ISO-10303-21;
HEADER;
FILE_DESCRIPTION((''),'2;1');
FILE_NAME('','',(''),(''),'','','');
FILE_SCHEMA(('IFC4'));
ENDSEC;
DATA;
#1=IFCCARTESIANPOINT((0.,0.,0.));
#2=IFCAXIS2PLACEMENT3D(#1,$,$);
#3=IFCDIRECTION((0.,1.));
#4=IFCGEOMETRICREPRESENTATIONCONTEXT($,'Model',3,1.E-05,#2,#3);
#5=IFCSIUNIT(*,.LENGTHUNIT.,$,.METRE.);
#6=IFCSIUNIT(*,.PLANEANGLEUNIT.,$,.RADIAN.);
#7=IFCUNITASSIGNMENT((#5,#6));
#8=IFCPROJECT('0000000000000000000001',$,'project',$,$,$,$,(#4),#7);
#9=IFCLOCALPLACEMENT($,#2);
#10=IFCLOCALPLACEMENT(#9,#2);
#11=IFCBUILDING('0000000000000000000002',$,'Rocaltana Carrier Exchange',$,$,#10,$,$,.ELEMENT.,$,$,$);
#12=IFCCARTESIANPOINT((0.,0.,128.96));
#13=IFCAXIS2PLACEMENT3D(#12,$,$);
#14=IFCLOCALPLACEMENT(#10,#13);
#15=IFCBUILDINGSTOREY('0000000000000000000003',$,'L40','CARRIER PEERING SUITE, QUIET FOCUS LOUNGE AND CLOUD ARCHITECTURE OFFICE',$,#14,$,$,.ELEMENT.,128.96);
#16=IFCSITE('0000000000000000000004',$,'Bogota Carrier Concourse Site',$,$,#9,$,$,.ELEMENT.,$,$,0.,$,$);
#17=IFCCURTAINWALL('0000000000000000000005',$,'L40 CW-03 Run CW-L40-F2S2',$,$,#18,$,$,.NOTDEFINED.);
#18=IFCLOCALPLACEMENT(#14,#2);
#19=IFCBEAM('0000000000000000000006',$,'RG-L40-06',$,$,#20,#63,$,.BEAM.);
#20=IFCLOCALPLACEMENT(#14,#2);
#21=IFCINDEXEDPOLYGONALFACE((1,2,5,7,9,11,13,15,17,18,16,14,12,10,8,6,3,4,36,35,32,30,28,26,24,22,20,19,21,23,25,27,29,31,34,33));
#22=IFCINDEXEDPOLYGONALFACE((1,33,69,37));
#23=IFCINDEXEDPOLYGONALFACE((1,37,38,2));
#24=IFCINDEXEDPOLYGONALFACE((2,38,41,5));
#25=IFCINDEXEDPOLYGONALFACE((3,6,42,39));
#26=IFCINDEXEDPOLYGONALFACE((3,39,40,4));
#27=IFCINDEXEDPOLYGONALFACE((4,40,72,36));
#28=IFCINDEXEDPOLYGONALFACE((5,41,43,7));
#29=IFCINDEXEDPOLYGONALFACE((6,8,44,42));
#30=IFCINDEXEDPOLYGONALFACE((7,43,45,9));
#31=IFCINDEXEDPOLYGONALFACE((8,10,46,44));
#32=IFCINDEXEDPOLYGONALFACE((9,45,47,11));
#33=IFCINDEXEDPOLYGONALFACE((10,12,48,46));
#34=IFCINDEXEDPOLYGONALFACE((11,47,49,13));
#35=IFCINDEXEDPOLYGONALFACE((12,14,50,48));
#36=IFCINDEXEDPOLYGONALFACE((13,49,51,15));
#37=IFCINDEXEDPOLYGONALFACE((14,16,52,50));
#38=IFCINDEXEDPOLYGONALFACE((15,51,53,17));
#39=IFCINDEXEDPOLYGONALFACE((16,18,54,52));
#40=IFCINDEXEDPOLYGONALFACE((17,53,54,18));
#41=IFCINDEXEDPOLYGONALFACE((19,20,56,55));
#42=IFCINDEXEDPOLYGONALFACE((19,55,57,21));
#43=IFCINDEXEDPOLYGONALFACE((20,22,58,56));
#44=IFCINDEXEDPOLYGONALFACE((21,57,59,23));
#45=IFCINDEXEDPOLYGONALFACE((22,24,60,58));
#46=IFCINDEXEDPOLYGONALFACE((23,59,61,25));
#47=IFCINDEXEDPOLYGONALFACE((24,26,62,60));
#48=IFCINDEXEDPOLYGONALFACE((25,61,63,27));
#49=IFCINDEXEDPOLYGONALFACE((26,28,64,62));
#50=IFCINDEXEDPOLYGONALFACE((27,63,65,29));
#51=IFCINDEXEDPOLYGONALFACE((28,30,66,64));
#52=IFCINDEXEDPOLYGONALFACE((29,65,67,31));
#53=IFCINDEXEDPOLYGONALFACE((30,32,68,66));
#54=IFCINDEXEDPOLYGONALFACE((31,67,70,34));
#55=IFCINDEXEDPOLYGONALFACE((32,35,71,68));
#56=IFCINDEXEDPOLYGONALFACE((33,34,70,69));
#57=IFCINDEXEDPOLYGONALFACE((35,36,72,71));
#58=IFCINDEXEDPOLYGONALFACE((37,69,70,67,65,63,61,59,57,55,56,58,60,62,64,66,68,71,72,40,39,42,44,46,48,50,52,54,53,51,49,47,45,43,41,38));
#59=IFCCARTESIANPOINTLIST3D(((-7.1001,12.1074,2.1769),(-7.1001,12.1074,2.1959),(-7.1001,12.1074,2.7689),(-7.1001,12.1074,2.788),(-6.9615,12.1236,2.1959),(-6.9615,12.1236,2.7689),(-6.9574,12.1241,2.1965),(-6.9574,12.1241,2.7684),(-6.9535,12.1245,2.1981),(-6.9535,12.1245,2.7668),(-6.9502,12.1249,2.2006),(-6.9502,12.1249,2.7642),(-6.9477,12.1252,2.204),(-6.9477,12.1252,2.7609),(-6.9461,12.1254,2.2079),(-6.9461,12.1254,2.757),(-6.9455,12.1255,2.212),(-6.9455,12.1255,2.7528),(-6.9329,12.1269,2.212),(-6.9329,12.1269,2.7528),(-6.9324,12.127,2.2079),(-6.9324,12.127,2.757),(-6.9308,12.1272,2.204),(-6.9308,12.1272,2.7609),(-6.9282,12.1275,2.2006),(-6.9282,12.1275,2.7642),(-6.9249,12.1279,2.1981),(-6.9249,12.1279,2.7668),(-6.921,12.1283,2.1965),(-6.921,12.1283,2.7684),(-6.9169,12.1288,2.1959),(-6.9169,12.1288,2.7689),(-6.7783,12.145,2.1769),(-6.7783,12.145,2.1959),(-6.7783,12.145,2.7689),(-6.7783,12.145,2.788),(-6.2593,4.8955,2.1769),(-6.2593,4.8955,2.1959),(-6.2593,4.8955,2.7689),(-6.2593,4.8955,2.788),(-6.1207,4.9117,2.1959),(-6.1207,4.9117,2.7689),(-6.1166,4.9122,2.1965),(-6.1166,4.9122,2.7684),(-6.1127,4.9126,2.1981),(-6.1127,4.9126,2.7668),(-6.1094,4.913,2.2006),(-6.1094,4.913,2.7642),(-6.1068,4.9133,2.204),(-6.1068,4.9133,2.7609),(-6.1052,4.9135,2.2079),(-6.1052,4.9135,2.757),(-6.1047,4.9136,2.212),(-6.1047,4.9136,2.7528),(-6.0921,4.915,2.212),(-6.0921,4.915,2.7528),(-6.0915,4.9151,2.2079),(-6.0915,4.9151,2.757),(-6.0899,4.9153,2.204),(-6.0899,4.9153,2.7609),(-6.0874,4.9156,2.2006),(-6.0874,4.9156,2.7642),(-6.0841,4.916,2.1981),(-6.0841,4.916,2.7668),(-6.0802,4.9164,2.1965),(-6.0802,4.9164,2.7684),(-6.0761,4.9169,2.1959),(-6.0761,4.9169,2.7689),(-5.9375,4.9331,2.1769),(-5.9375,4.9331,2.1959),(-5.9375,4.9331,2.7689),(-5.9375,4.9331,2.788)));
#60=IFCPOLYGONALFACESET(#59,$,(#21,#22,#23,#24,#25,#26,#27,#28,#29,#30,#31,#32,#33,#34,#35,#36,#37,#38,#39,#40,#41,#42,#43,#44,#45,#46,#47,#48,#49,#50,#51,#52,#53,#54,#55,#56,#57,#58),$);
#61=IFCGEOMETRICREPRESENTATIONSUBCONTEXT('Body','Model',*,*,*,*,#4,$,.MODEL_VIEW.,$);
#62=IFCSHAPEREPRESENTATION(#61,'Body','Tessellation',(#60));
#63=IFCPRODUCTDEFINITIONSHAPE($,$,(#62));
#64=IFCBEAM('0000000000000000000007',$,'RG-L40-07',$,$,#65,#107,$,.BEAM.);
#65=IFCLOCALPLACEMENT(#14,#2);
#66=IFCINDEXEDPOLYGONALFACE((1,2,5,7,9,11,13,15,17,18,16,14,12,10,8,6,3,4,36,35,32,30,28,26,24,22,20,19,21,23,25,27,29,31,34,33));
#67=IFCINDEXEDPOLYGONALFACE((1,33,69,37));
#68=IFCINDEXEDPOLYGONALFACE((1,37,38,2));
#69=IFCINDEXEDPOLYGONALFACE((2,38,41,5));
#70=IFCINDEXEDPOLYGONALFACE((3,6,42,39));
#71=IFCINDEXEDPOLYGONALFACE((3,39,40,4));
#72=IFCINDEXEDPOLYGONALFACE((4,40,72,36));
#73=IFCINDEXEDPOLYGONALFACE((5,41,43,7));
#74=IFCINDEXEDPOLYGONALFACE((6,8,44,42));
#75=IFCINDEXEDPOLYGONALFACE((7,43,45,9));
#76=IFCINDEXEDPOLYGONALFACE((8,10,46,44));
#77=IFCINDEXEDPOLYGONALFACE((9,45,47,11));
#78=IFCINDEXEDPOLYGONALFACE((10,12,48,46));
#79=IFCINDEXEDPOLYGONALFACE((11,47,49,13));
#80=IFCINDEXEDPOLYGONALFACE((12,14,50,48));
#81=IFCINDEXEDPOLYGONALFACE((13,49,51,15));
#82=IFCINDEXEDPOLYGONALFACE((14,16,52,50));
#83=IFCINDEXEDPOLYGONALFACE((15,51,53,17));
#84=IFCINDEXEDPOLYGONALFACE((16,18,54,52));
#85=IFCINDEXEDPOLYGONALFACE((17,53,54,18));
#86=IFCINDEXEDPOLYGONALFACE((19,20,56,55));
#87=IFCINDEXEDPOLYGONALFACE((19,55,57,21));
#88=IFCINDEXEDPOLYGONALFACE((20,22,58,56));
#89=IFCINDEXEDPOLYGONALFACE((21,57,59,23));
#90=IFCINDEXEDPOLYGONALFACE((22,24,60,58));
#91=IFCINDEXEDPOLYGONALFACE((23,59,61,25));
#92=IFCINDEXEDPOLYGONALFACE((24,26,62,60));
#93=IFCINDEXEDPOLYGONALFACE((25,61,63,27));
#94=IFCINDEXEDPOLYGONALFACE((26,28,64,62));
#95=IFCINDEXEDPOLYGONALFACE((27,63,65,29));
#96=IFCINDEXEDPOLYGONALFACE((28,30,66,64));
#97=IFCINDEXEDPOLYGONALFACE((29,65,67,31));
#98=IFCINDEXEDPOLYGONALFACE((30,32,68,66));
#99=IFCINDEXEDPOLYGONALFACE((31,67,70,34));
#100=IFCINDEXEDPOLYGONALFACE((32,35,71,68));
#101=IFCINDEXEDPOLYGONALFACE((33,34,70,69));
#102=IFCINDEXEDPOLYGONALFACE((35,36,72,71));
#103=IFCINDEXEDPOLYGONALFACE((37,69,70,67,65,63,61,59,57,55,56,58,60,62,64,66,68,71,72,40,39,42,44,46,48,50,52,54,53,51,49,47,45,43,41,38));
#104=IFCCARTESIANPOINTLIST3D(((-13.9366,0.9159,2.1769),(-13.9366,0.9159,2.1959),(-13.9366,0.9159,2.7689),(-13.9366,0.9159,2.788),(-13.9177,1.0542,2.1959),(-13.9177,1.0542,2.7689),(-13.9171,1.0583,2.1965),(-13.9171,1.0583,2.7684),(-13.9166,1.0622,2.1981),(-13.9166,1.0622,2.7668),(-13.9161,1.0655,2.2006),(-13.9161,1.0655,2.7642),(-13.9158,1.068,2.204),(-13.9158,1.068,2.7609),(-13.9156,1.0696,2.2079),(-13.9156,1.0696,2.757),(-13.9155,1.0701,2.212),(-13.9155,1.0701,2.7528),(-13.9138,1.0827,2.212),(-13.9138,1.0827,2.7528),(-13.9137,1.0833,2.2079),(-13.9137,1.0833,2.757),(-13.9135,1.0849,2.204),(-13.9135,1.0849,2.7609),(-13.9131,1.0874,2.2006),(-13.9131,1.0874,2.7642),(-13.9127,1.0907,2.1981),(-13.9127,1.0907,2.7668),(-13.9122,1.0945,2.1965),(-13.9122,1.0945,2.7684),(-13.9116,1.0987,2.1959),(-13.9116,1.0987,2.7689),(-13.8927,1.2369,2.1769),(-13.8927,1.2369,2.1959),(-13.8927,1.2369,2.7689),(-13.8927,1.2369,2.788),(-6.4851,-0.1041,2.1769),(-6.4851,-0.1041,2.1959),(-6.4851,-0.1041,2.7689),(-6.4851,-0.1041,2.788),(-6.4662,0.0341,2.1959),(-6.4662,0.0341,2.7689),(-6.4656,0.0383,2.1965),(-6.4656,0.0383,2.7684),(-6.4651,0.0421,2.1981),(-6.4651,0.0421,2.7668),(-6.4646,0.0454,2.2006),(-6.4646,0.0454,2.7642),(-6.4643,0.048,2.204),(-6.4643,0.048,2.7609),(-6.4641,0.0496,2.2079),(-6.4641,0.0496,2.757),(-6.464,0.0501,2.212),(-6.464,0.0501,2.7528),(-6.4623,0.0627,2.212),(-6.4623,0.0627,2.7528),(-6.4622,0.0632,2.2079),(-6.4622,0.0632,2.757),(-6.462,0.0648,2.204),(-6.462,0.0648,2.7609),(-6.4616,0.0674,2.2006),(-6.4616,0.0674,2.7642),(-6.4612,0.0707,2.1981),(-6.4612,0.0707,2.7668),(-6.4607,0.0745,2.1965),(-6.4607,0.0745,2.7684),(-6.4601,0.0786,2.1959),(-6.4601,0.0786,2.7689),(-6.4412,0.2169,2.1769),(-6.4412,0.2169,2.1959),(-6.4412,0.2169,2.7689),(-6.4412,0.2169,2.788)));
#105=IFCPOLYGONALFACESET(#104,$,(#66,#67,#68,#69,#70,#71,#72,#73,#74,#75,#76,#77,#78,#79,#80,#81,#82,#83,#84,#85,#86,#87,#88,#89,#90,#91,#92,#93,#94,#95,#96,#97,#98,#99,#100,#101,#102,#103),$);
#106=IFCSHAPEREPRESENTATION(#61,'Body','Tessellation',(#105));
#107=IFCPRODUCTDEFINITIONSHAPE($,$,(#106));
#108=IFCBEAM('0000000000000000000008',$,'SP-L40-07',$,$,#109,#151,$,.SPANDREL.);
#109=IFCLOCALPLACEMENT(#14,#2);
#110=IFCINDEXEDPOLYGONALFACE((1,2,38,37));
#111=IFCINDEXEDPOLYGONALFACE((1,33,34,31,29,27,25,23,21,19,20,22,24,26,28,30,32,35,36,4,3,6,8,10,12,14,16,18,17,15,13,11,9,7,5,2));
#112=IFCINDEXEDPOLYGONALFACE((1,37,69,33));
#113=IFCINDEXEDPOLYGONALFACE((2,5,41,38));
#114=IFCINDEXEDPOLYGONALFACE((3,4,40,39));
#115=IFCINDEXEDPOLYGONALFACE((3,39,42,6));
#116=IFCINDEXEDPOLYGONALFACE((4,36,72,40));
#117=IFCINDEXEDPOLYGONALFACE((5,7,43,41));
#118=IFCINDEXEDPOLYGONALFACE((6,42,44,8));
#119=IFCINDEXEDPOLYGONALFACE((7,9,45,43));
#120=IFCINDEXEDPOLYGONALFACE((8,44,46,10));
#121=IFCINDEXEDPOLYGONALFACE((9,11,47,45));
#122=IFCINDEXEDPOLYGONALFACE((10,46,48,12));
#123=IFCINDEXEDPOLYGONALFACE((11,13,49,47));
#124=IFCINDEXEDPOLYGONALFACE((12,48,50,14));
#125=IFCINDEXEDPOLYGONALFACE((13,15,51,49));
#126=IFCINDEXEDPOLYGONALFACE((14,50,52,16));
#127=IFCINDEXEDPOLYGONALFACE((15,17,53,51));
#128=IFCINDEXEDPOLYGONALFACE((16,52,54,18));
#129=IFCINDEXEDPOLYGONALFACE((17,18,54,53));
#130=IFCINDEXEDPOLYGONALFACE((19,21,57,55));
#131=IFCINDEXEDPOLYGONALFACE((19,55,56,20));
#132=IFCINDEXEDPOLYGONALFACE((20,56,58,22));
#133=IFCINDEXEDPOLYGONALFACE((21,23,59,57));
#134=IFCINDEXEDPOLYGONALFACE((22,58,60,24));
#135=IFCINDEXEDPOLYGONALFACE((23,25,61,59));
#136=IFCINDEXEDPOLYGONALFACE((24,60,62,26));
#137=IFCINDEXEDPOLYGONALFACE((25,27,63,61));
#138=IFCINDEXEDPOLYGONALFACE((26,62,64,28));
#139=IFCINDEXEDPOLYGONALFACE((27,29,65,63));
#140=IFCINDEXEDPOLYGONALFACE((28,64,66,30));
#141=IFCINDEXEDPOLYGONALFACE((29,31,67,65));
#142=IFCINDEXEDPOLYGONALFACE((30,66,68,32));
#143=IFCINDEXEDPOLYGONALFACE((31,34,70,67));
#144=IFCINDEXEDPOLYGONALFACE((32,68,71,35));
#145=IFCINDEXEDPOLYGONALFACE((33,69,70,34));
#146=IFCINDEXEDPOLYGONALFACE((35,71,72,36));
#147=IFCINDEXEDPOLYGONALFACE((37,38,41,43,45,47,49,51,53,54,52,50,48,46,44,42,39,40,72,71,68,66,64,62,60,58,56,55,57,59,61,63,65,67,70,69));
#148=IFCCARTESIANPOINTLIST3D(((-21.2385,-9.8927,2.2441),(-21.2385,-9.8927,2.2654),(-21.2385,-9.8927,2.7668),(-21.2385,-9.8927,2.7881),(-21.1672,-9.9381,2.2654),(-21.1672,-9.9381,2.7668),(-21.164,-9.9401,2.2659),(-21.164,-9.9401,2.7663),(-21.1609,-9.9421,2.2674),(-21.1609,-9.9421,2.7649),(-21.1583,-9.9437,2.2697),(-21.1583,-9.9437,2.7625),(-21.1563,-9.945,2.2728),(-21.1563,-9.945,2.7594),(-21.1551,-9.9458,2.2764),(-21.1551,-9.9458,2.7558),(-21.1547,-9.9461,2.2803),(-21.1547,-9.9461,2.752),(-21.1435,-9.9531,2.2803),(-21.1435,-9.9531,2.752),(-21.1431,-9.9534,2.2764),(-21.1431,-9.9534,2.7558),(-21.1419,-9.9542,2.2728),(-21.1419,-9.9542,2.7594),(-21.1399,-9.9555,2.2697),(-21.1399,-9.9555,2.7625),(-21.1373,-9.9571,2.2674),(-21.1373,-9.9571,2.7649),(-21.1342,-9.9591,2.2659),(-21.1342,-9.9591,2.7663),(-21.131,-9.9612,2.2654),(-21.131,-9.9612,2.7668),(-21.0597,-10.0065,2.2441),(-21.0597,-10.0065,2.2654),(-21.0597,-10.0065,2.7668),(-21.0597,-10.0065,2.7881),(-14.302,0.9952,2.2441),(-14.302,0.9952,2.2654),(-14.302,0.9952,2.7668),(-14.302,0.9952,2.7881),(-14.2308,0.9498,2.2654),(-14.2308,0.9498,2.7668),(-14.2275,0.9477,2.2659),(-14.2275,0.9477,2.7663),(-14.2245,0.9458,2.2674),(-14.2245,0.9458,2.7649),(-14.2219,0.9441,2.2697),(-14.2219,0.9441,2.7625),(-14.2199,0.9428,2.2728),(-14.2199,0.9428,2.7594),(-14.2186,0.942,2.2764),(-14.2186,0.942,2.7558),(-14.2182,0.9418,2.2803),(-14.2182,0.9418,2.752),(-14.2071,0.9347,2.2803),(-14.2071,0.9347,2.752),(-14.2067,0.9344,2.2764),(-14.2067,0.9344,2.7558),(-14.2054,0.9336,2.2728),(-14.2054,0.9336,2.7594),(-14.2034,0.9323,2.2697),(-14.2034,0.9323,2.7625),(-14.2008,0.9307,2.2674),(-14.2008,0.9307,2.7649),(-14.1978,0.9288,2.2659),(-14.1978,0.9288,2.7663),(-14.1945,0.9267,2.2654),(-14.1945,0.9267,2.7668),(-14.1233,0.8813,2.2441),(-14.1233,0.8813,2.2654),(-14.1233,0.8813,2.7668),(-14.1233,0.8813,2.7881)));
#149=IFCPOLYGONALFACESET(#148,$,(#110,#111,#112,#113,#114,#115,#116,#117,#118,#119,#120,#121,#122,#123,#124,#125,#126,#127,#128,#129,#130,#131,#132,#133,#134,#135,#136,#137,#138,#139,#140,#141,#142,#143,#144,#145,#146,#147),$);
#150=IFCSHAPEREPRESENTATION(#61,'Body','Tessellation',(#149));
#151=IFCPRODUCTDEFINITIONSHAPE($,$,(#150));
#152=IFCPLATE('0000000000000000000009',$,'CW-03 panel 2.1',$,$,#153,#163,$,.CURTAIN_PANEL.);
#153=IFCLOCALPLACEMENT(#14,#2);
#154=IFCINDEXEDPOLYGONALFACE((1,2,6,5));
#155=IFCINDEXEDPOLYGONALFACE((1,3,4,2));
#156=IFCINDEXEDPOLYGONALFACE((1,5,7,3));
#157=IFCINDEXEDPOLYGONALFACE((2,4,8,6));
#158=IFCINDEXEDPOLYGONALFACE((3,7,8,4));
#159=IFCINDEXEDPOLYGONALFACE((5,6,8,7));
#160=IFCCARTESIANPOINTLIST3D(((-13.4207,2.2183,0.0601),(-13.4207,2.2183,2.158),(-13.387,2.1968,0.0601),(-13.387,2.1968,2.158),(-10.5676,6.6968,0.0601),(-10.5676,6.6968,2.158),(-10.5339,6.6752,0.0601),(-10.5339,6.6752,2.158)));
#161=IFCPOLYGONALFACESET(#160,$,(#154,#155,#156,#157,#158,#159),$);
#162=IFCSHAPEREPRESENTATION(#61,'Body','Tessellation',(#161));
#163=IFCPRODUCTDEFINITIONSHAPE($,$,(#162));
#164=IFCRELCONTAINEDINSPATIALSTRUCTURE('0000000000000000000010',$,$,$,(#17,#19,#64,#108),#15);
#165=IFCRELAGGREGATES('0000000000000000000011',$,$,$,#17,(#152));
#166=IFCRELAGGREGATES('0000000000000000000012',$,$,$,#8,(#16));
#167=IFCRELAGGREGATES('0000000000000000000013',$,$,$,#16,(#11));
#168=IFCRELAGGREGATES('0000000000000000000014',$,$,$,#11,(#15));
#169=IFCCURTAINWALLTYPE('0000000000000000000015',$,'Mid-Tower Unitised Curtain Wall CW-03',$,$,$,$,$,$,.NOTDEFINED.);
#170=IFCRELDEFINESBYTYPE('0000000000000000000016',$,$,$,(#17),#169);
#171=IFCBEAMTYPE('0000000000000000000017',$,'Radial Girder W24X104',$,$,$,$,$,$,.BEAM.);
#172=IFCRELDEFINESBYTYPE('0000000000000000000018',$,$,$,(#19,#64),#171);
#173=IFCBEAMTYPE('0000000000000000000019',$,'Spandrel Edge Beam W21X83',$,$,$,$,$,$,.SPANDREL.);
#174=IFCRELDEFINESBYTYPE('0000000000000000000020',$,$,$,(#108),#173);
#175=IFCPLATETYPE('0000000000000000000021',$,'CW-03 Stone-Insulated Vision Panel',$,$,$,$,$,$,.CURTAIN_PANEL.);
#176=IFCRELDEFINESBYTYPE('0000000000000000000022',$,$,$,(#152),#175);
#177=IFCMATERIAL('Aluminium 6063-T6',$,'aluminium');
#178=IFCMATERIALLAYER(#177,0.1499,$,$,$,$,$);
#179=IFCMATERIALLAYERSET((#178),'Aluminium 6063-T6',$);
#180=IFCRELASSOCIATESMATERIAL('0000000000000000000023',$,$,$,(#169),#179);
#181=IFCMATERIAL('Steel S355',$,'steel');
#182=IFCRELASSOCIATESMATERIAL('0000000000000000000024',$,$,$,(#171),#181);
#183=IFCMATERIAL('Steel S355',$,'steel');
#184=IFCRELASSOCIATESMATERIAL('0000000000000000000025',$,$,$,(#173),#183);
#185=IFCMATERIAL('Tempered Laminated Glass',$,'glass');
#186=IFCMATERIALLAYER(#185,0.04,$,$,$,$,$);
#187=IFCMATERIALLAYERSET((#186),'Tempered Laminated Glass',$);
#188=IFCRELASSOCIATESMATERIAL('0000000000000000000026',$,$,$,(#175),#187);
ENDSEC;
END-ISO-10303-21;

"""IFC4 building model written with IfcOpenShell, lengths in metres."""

from ifc_helpers import new_model, si_unit, direction, frame, origin, origin_2d, place, context, subcontext, project, spatial, rectangle, i_section, extrude, material, layer, layer_set, material_profile, profile_set, type_object, element, aggregate, save


model = new_model("IFC4")

# Units and contexts
model_context = context("Model", 3, precision=1e-05, world=origin(), true_north=direction((0.0, 1.0)))
body_context = subcontext(model_context, "Body", "Model", "MODEL_VIEW")
ifc_project = project(units=[si_unit("LENGTHUNIT", "METRE"), si_unit("PLANEANGLEUNIT", "RADIAN")], contexts=[model_context])

# Site, building, storey
site_placement = place(None, origin())
site = spatial("IfcSite", under=ifc_project, at=site_placement, Name="Bogota Carrier Concourse Site", CompositionType="ELEMENT", RefElevation=0.0)
building_placement = place(site_placement, origin())
building = spatial("IfcBuilding", under=site, at=building_placement, Name="Rocaltana Carrier Exchange", CompositionType="ELEMENT")
storey_placement = place(building_placement, frame((0.0, 0.0, 128.96)))
storey = spatial("IfcBuildingStorey", under=building, at=storey_placement, Name="L40", Description="CARRIER PEERING SUITE, QUIET FOCUS LOUNGE AND CLOUD ARCHITECTURE OFFICE", CompositionType="ELEMENT", Elevation=128.96)

# Curtain wall
ifc_material_1 = material(Name="Aluminium 6063-T6", Category="aluminium")
ifc_layer_1 = layer(ifc_material_1, 0.1499)
ifc_layer_set_1 = layer_set([ifc_layer_1], Name="Aluminium 6063-T6")
curtain_wall_type = type_object("IfcCurtainWallType", Name="Mid-Tower Unitised Curtain Wall CW-03", PredefinedType="NOTDEFINED", material=ifc_layer_set_1)
curtain_wall_1_placement = place(storey_placement, origin())
curtain_wall_1 = element("IfcCurtainWall", 1, at=curtain_wall_1_placement, inside=storey, type_object=curtain_wall_type, Name="L40 CW-03 Run CW-L40-F2S2", PredefinedType="NOTDEFINED")

# Beams
ifc_material_2 = material(Name="Steel S355", Category="steel")
ifc_material_profile_1 = material_profile(ifc_material_2, i_section(OverallWidth=0.324, OverallDepth=0.6111, WebThickness=0.0127, FlangeThickness=0.019, FilletRadius=0.0161, at=origin_2d()), Name="W24X104")
ifc_profile_set_1 = profile_set([ifc_material_profile_1], Name="Steel S355")
beam_type_1 = type_object("IfcBeamType", Name="Radial Girder W24X104", PredefinedType="BEAM", material=ifc_profile_set_1)
beam_1_placement = place(storey_placement, frame((-6.0984, 4.9143, 2.4824), z_axis=(-0.115803, 0.993272, 0.0), x_axis=(-0.993272, -0.115803, 0.0)))
element("IfcBeam", 2, at=beam_1_placement, inside=storey, type_object=beam_type_1, Name="RG-L40-06", PredefinedType="BEAM", context=body_context, shape_type="SweptSolid", body=[
    extrude(i_section(OverallWidth=0.324, OverallDepth=0.6111, WebThickness=0.0127, FlangeThickness=0.019, FilletRadius=0.0161, at=origin_2d()), origin(), (0.0, 0.0, 1.0), 7.2607),
])
beam_2_placement = place(storey_placement, frame((-6.4631, 0.0564, 2.4824), z_axis=(-0.99076, 0.135625, 0.0), x_axis=(-0.135625, -0.99076, 0.0)))
element("IfcBeam", 3, at=beam_2_placement, inside=storey, type_object=beam_type_1, Name="RG-L40-07", PredefinedType="BEAM", context=body_context, shape_type="SweptSolid", body=[
    extrude(i_section(OverallWidth=0.324, OverallDepth=0.6111, WebThickness=0.0127, FlangeThickness=0.019, FilletRadius=0.0161, at=origin_2d()), origin(), (0.0, 0.0, 1.0), 7.521),
])
ifc_material_3 = material(Name="Steel S355", Category="steel")
ifc_material_profile_2 = material_profile(ifc_material_3, i_section(OverallWidth=0.2119, OverallDepth=0.5439, WebThickness=0.0132, FlangeThickness=0.0212, FilletRadius=0.0149, at=origin_2d()), Name="W21X83")
ifc_profile_set_2 = profile_set([ifc_material_profile_2], Name="Steel S355")
beam_type_2 = type_object("IfcBeamType", Name="Spandrel Edge Beam W21X83", PredefinedType="SPANDREL", material=ifc_profile_set_2)
beam_3_placement = place(storey_placement, frame((-14.2126, 0.9382, 2.5161), z_axis=(-0.537307, -0.843386, 0.0), x_axis=(0.843386, -0.537307, 0.0)))
element("IfcBeam", 4, at=beam_3_placement, inside=storey, type_object=beam_type_2, Name="SP-L40-07", PredefinedType="SPANDREL", context=body_context, shape_type="SweptSolid", body=[
    extrude(i_section(OverallWidth=0.2119, OverallDepth=0.5439, WebThickness=0.0132, FlangeThickness=0.0212, FilletRadius=0.0149, at=origin_2d()), origin(), (0.0, 0.0, 1.0), 12.9097),
])

# Plate
ifc_material_4 = material(Name="Tempered Laminated Glass", Category="glass")
ifc_layer_2 = layer(ifc_material_4, 0.04)
ifc_layer_set_2 = layer_set([ifc_layer_2], Name="Tempered Laminated Glass")
plate_type = type_object("IfcPlateType", Name="CW-03 Stone-Insulated Vision Panel", PredefinedType="CURTAIN_PANEL", material=ifc_layer_set_2)
plate_placement = place(storey_placement, frame((-11.9773, 4.4468, 0.0601), z_axis=(0.0, 0.0, 1.0), x_axis=(-0.537301, -0.843391, 0.0)))
plate = element("IfcPlate", 5, at=plate_placement, type_object=plate_type, Name="CW-03 panel 2.1", PredefinedType="CURTAIN_PANEL", context=body_context, shape_type="SweptSolid", body=[
    extrude(rectangle(XDim=5.3101, YDim=0.04, at=origin_2d()), origin(), (0.0, 0.0, 1.0), 2.0979),
])
aggregate(curtain_wall_1, [plate])

save(model, "model.ifc")
